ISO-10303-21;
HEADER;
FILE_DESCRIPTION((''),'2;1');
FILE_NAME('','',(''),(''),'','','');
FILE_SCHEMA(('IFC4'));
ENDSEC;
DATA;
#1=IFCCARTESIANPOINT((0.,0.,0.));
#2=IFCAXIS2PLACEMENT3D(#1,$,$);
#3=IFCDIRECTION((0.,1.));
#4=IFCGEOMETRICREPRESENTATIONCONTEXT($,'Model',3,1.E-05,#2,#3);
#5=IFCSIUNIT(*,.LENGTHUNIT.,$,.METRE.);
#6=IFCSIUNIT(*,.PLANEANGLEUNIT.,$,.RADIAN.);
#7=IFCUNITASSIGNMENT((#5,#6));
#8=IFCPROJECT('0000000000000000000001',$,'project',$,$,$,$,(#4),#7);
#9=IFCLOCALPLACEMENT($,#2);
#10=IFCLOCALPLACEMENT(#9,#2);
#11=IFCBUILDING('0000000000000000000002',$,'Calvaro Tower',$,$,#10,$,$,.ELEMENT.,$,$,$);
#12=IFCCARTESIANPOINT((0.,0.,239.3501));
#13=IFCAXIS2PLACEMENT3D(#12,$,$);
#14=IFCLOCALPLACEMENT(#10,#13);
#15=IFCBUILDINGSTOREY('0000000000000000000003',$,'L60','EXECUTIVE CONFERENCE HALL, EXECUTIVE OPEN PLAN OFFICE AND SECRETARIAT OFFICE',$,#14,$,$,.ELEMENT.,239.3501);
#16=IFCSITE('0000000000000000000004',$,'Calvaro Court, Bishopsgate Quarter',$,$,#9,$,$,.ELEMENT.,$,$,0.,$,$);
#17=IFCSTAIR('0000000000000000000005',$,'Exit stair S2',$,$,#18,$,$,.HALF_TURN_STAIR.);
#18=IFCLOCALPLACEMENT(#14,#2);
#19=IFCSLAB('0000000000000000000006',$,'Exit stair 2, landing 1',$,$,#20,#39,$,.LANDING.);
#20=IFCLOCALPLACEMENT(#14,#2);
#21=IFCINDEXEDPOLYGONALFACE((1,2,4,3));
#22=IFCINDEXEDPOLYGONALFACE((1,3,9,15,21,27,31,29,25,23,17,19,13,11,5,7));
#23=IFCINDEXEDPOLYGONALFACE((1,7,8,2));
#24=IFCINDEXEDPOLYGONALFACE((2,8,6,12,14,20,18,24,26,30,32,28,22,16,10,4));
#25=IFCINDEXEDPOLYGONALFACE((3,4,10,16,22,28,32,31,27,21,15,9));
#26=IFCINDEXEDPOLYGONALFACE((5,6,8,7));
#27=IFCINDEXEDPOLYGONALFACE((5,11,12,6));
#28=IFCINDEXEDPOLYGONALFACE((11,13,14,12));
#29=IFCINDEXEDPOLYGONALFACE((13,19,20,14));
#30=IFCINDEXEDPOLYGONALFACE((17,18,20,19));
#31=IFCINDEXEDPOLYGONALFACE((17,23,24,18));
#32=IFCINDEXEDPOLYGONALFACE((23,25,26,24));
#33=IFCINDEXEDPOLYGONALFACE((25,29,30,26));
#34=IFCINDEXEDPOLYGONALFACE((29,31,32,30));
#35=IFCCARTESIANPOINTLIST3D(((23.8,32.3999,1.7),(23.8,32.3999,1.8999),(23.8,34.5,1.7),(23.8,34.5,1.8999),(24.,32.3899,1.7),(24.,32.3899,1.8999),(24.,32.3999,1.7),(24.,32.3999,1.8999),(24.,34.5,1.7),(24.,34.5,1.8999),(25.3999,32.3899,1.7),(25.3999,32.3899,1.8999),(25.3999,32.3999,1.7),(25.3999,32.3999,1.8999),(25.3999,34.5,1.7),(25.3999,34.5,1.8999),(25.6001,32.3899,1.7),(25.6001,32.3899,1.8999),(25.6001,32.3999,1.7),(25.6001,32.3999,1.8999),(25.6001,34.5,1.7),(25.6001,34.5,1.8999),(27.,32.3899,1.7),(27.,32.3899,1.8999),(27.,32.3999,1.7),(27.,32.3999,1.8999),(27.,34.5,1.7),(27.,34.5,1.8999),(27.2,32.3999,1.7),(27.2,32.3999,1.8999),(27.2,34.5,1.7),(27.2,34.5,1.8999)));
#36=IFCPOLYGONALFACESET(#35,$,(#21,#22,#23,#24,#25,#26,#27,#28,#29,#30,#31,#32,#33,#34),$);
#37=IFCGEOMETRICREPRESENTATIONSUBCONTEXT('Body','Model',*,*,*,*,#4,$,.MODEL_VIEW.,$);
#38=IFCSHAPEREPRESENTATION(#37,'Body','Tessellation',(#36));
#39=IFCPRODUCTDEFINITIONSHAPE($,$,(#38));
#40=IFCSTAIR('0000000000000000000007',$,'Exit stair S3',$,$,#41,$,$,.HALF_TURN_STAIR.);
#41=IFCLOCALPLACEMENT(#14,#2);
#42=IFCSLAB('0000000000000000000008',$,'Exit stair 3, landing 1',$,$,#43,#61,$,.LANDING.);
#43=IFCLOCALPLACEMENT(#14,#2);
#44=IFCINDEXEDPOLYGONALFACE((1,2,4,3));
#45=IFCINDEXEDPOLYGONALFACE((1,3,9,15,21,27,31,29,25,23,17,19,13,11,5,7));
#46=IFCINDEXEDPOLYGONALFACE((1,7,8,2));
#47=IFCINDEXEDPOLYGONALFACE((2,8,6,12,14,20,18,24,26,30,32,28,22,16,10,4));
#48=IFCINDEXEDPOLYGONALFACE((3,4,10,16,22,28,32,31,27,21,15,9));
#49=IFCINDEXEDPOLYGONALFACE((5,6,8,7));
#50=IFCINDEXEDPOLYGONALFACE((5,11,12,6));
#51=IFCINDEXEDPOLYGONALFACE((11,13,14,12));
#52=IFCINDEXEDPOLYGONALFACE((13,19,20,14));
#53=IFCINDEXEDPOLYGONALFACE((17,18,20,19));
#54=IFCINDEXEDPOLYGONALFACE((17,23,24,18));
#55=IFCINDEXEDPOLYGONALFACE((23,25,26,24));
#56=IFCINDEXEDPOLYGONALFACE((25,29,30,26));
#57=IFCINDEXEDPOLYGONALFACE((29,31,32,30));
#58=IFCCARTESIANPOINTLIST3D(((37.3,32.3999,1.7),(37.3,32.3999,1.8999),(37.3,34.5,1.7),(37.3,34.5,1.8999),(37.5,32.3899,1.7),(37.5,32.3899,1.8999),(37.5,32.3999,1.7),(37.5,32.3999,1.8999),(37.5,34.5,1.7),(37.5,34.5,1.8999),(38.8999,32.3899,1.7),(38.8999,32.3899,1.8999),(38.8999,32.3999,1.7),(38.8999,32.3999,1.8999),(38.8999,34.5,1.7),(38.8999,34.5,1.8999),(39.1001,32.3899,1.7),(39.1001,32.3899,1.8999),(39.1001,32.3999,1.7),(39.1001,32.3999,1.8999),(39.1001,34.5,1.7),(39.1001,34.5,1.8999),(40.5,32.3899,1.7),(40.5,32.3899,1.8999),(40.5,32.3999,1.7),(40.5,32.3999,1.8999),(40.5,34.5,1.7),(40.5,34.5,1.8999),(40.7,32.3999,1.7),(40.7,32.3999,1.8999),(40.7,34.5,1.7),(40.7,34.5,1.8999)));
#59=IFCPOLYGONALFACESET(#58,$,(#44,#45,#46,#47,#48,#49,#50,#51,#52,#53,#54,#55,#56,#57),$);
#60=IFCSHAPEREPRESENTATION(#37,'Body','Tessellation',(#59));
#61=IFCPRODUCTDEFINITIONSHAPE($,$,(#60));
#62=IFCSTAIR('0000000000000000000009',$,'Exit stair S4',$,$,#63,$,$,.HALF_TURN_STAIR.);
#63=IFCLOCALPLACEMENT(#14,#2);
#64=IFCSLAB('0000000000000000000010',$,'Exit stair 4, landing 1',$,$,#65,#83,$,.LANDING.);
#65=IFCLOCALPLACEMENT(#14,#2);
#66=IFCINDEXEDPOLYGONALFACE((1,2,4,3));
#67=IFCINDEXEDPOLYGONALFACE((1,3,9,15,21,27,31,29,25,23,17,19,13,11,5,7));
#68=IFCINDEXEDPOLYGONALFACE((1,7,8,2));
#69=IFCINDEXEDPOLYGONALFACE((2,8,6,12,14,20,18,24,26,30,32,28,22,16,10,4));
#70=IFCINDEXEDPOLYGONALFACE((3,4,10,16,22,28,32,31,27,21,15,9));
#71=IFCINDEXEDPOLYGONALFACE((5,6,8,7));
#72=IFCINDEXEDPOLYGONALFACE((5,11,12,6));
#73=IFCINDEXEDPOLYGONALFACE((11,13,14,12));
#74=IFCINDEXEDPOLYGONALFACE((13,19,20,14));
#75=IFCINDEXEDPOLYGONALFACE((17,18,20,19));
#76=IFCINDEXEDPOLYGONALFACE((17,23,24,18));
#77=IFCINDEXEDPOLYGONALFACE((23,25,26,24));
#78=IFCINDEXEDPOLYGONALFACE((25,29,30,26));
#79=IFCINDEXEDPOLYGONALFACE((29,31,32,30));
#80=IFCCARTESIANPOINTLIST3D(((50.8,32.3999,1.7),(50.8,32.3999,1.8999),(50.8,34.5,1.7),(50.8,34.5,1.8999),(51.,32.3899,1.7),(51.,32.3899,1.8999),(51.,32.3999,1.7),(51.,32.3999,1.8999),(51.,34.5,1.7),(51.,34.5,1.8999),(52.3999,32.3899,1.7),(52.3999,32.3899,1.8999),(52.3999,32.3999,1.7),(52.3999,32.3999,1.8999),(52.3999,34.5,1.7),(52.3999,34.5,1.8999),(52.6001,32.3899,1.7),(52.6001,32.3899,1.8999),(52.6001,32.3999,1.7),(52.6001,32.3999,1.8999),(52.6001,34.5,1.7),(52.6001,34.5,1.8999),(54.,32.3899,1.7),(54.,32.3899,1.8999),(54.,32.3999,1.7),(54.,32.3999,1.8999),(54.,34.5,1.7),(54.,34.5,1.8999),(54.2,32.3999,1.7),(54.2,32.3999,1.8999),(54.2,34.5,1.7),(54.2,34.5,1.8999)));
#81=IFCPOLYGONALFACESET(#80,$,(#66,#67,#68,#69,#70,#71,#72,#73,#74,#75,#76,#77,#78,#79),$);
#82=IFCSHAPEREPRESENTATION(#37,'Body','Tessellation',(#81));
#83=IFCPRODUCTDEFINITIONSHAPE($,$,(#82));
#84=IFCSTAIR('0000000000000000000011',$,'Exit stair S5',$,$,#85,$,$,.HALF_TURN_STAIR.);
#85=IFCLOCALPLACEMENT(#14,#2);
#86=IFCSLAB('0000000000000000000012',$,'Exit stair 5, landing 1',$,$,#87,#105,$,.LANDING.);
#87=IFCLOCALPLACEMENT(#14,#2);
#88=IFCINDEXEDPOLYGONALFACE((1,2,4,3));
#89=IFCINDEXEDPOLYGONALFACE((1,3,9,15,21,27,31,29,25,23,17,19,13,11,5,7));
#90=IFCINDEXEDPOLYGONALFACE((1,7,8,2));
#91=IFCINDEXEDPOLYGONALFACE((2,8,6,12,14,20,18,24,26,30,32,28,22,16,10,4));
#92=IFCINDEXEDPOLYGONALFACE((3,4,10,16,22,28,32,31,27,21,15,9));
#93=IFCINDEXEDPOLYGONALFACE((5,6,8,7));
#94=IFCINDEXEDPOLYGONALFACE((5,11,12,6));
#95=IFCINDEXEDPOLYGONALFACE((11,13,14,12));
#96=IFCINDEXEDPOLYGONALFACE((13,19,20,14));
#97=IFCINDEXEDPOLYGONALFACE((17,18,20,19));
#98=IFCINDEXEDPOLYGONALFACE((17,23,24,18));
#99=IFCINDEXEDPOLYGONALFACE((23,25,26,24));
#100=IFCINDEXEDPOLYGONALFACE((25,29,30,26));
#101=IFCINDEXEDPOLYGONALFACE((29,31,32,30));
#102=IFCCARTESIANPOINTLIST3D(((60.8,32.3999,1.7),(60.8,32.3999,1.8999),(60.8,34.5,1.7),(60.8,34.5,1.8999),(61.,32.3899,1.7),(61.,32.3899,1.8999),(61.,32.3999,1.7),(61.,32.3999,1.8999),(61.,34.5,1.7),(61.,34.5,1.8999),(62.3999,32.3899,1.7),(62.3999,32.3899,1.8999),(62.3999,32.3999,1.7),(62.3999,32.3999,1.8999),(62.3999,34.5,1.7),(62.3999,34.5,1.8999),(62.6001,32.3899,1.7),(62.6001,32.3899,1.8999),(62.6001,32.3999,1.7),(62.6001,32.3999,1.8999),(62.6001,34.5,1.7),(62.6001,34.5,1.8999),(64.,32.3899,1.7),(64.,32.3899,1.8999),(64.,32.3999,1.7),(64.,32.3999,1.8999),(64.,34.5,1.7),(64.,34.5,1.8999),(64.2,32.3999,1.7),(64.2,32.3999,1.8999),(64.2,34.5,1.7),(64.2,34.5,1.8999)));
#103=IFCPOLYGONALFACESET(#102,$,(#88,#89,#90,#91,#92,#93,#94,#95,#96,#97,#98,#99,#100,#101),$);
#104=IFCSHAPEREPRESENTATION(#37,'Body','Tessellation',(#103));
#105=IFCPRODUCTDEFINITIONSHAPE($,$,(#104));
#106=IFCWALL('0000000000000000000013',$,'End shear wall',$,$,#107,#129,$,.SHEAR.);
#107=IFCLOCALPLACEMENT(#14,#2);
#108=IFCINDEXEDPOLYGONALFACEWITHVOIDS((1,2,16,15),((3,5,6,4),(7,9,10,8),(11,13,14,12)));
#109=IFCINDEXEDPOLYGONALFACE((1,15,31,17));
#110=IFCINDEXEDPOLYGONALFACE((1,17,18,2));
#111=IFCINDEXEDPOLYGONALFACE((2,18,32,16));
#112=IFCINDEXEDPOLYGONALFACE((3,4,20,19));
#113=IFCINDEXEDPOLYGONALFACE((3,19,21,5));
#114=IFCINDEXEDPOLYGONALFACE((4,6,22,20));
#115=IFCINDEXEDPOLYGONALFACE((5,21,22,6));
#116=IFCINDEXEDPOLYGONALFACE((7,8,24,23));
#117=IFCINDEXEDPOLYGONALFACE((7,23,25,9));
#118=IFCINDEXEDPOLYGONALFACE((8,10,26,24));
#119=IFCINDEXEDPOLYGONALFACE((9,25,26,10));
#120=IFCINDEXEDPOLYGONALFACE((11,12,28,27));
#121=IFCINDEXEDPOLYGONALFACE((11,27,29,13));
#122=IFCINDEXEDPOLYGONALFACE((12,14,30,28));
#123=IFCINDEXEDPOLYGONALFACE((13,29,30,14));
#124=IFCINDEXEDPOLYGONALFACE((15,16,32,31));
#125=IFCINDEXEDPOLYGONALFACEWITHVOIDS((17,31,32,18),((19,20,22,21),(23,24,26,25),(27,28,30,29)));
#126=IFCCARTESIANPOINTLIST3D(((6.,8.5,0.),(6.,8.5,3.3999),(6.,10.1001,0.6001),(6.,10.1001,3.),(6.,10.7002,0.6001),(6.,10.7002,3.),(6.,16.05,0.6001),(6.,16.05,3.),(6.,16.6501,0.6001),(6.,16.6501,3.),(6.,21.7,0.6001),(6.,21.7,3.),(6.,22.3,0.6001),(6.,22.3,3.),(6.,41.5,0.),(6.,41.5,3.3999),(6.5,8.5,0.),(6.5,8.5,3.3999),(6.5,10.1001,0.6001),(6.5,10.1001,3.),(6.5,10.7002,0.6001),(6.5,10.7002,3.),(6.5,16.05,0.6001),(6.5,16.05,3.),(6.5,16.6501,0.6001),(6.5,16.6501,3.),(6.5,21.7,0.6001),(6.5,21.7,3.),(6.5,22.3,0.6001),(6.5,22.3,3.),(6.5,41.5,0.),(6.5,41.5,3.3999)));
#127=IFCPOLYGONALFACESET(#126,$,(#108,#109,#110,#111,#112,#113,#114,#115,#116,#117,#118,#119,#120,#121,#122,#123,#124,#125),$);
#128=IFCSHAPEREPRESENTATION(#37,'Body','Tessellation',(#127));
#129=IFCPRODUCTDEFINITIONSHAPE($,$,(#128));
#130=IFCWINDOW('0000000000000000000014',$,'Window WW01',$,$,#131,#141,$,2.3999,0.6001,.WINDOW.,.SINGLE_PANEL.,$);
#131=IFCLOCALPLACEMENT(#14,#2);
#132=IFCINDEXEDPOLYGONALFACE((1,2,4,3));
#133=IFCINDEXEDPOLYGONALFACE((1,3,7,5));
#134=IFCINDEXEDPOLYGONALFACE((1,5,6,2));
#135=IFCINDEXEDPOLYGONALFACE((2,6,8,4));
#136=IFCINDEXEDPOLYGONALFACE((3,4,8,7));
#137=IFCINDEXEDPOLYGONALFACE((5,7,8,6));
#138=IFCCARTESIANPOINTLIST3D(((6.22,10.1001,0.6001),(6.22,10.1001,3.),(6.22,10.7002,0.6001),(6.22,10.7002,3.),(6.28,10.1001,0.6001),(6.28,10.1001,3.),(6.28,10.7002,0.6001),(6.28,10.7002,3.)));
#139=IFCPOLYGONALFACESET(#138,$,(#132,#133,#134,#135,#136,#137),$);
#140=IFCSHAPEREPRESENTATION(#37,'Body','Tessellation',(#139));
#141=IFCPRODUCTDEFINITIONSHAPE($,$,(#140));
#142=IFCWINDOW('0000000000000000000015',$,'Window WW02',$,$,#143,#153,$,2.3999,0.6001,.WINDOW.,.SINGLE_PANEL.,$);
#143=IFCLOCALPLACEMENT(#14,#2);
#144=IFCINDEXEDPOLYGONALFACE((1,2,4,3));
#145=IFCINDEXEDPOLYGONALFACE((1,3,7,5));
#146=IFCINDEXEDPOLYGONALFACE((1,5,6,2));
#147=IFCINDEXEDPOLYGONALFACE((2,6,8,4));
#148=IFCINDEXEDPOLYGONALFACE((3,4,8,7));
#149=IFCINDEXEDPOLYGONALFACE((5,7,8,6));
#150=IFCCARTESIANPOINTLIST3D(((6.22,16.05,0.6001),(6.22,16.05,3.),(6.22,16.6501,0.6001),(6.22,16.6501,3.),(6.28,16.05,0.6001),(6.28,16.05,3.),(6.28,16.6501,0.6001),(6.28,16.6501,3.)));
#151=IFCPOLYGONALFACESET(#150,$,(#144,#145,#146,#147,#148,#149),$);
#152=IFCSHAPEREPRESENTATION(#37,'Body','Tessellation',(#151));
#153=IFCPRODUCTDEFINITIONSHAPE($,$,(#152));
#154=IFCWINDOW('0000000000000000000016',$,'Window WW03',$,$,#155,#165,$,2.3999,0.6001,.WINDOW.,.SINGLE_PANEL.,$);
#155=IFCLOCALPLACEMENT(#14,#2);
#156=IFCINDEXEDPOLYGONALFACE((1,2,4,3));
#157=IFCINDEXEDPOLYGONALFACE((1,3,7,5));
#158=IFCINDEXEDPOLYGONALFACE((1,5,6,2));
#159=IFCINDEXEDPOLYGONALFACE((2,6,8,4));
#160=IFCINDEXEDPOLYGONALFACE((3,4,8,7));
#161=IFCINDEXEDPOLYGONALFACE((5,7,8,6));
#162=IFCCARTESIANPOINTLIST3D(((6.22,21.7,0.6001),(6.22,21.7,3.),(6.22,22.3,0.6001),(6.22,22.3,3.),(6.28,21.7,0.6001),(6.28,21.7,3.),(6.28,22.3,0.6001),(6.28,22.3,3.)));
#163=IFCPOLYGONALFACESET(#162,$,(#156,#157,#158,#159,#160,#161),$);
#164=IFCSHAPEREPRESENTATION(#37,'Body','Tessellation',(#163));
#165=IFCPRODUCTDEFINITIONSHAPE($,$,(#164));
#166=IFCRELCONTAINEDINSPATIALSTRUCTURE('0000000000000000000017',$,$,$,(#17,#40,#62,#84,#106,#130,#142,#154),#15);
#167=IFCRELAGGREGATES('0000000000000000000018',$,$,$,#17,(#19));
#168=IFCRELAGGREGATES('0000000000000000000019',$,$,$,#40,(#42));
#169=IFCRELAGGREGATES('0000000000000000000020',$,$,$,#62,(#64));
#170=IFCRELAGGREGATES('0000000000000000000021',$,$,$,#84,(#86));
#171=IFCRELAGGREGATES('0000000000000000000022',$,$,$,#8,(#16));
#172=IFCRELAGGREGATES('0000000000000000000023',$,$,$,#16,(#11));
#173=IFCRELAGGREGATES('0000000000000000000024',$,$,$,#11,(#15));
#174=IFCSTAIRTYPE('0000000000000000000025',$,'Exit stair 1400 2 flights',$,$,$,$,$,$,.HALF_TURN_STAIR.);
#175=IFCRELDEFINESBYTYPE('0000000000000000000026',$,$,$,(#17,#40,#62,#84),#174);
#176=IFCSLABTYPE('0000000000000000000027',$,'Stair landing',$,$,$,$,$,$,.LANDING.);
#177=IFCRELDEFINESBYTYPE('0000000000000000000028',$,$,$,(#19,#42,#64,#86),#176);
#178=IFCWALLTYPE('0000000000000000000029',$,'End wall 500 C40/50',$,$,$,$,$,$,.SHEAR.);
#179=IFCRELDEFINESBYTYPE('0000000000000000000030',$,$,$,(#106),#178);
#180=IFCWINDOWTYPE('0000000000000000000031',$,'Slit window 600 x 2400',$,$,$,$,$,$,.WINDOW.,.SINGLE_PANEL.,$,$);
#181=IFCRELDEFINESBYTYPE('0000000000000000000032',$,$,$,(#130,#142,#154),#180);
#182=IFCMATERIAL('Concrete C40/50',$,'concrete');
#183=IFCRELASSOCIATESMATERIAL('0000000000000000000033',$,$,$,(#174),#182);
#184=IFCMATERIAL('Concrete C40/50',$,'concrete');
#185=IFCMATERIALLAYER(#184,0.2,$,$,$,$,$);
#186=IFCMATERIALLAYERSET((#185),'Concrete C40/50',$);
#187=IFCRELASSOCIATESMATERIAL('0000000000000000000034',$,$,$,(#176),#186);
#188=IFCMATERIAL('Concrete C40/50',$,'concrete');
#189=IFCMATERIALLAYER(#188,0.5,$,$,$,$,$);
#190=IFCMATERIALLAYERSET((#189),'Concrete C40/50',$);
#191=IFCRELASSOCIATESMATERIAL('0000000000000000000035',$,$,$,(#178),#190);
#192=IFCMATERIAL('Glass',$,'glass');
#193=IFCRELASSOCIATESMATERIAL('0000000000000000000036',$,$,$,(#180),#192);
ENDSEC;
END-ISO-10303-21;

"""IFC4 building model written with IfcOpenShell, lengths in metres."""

from ifc_helpers import new_model, si_unit, direction, frame, frame_2d, origin, place, context, subcontext, project, spatial, polyline, rectangle, outline, extrude, material, layer, layer_set, type_object, element, fill, aggregate, save


model = new_model("IFC4")

# Units and contexts
model_context = context("Model", 3, precision=1e-05, world=origin(), true_north=direction((0.0, 1.0)))
body_context = subcontext(model_context, "Body", "Model", "MODEL_VIEW")
ifc_project = project(units=[si_unit("LENGTHUNIT", "METRE"), si_unit("PLANEANGLEUNIT", "RADIAN")], contexts=[model_context])

# Site, building, storey
site_placement = place(None, origin())
site = spatial("IfcSite", under=ifc_project, at=site_placement, Name="Calvaro Court, Bishopsgate Quarter", CompositionType="ELEMENT", RefElevation=0.0)
building_placement = place(site_placement, origin())
building = spatial("IfcBuilding", under=site, at=building_placement, Name="Calvaro Tower", CompositionType="ELEMENT")
storey_placement = place(building_placement, frame((0.0, 0.0, 239.3501)))
storey = spatial("IfcBuildingStorey", under=building, at=storey_placement, Name="L60", Description="EXECUTIVE CONFERENCE HALL, EXECUTIVE OPEN PLAN OFFICE AND SECRETARIAT OFFICE", CompositionType="ELEMENT", Elevation=239.3501)

# Stairs, slabs
ifc_material_1 = material(Name="Concrete C40/50", Category="concrete")
stair_type = type_object("IfcStairType", Name="Exit stair 1400 2 flights", PredefinedType="HALF_TURN_STAIR", material=ifc_material_1)
ifc_material_2 = material(Name="Concrete C40/50", Category="concrete")
ifc_layer_1 = layer(ifc_material_2, 0.2)
ifc_layer_set_1 = layer_set([ifc_layer_1], Name="Concrete C40/50")
slab_type_1 = type_object("IfcSlabType", Name="Stair landing", PredefinedType="LANDING", material=ifc_layer_set_1)
stair_1_placement = place(storey_placement, origin())
stair_1 = element("IfcStair", 1, at=stair_1_placement, inside=storey, type_object=stair_type, Name="Exit stair S2", PredefinedType="HALF_TURN_STAIR")
slab_1_placement = place(storey_placement, frame((0.0, 0.0, 1.7)))
slab_1 = element("IfcSlab", 2, at=slab_1_placement, type_object=slab_type_1, Name="Exit stair 2, landing 1", PredefinedType="LANDING", context=body_context, shape_type="SweptSolid", body=[
    extrude(outline(polyline([(25.3999, 32.3899), (24.0, 32.3899), (24.0, 32.3999), (23.8, 32.3999), (23.8, 34.5), (24.0, 34.5), (25.3999, 34.5), (25.6001, 34.5), (27.0, 34.5), (27.2, 34.5), (27.2, 32.3999), (27.0, 32.3999), (27.0, 32.3899), (25.6001, 32.3899), (25.6001, 32.3999), (25.3999, 32.3999), (25.3999, 32.3899)])), origin(), (0.0, 0.0, 1.0), 0.2),
])
aggregate(stair_1, [slab_1])
stair_2_placement = place(storey_placement, origin())
stair_2 = element("IfcStair", 3, at=stair_2_placement, inside=storey, type_object=stair_type, Name="Exit stair S3", PredefinedType="HALF_TURN_STAIR")
slab_2_placement = place(storey_placement, frame((0.0, 0.0, 1.7)))
slab_2 = element("IfcSlab", 4, at=slab_2_placement, type_object=slab_type_1, Name="Exit stair 3, landing 1", PredefinedType="LANDING", context=body_context, shape_type="SweptSolid", body=[
    extrude(outline(polyline([(38.8999, 32.3899), (37.5, 32.3899), (37.5, 32.3999), (37.3, 32.3999), (37.3, 34.5), (37.5, 34.5), (38.8999, 34.5), (39.1001, 34.5), (40.5, 34.5), (40.7, 34.5), (40.7, 32.3999), (40.5, 32.3999), (40.5, 32.3899), (39.1001, 32.3899), (39.1001, 32.3999), (38.8999, 32.3999), (38.8999, 32.3899)])), origin(), (0.0, 0.0, 1.0), 0.2),
])
aggregate(stair_2, [slab_2])
stair_3_placement = place(storey_placement, origin())
stair_3 = element("IfcStair", 5, at=stair_3_placement, inside=storey, type_object=stair_type, Name="Exit stair S4", PredefinedType="HALF_TURN_STAIR")
slab_3_placement = place(storey_placement, frame((0.0, 0.0, 1.7)))
slab_3 = element("IfcSlab", 6, at=slab_3_placement, type_object=slab_type_1, Name="Exit stair 4, landing 1", PredefinedType="LANDING", context=body_context, shape_type="SweptSolid", body=[
    extrude(outline(polyline([(52.3999, 32.3899), (51.0, 32.3899), (51.0, 32.3999), (50.8, 32.3999), (50.8, 34.5), (51.0, 34.5), (52.3999, 34.5), (52.6001, 34.5), (54.0, 34.5), (54.2, 34.5), (54.2, 32.3999), (54.0, 32.3999), (54.0, 32.3899), (52.6001, 32.3899), (52.6001, 32.3999), (52.3999, 32.3999), (52.3999, 32.3899)])), origin(), (0.0, 0.0, 1.0), 0.2),
])
aggregate(stair_3, [slab_3])
stair_4_placement = place(storey_placement, origin())
stair_4 = element("IfcStair", 7, at=stair_4_placement, inside=storey, type_object=stair_type, Name="Exit stair S5", PredefinedType="HALF_TURN_STAIR")
slab_4_placement = place(storey_placement, frame((0.0, 0.0, 1.7)))
slab_4 = element("IfcSlab", 8, at=slab_4_placement, type_object=slab_type_1, Name="Exit stair 5, landing 1", PredefinedType="LANDING", context=body_context, shape_type="SweptSolid", body=[
    extrude(outline(polyline([(62.3999, 32.3899), (61.0, 32.3899), (61.0, 32.3999), (60.8, 32.3999), (60.8, 34.5), (61.0, 34.5), (62.3999, 34.5), (62.6001, 34.5), (64.0, 34.5), (64.2, 34.5), (64.2, 32.3999), (64.0, 32.3999), (64.0, 32.3899), (62.6001, 32.3899), (62.6001, 32.3999), (62.3999, 32.3999), (62.3999, 32.3899)])), origin(), (0.0, 0.0, 1.0), 0.2),
])
aggregate(stair_4, [slab_4])

# Wall, openings, windows
ifc_material_3 = material(Name="Concrete C40/50", Category="concrete")
ifc_layer_2 = layer(ifc_material_3, 0.5)
ifc_layer_set_2 = layer_set([ifc_layer_2], Name="Concrete C40/50")
wall_type = type_object("IfcWallType", Name="End wall 500 C40/50", PredefinedType="SHEAR", material=ifc_layer_set_2)
wall_placement = place(storey_placement, frame((6.25, 8.5, 0.0), z_axis=(0.0, 0.0, 1.0), x_axis=(0.0, 1.0, 0.0)))
wall = element("IfcWall", 9, at=wall_placement, inside=storey, type_object=wall_type, Name="End shear wall", PredefinedType="SHEAR", context=body_context, shape_type="SweptSolid", body=[
    extrude(rectangle(XDim=33.0, YDim=0.5, at=frame_2d((16.5, 0.0))), origin(), (0.0, 0.0, 1.0), 3.3999),
])
opening_1_placement = place(wall_placement, frame((1.6001, 0.0, 0.6001)))
opening_1 = element("IfcOpeningElement", 10, at=opening_1_placement, cuts=wall, PredefinedType="OPENING", context=body_context, shape_type="SweptSolid", body=[
    extrude(rectangle(XDim=0.6001, YDim=2.3999, at=frame_2d((0.3, 1.2))), frame((0.0, 0.26, 0.0), z_axis=(0.0, -1.0, 0.0), x_axis=(1.0, 0.0, 0.0)), (0.0, 0.0, 1.0), 0.52),
])
opening_2_placement = place(wall_placement, frame((7.55, 0.0, 0.6001)))
opening_2 = element("IfcOpeningElement", 11, at=opening_2_placement, cuts=wall, PredefinedType="OPENING", context=body_context, shape_type="SweptSolid", body=[
    extrude(rectangle(XDim=0.6001, YDim=2.3999, at=frame_2d((0.3, 1.2))), frame((0.0, 0.26, 0.0), z_axis=(0.0, -1.0, 0.0), x_axis=(1.0, 0.0, 0.0)), (0.0, 0.0, 1.0), 0.52),
])
opening_3_placement = place(wall_placement, frame((13.2, 0.0, 0.6001)))
opening_3 = element("IfcOpeningElement", 12, at=opening_3_placement, cuts=wall, PredefinedType="OPENING", context=body_context, shape_type="SweptSolid", body=[
    extrude(rectangle(XDim=0.6001, YDim=2.3999, at=frame_2d((0.3, 1.2))), frame((0.0, 0.26, 0.0), z_axis=(0.0, -1.0, 0.0), x_axis=(1.0, 0.0, 0.0)), (0.0, 0.0, 1.0), 0.52),
])
ifc_material_4 = material(Name="Glass", Category="glass")
window_type = type_object("IfcWindowType", Name="Slit window 600 x 2400", PartitioningType="SINGLE_PANEL", PredefinedType="WINDOW", material=ifc_material_4)
window_1_placement = place(opening_1_placement, origin())
window_1 = element("IfcWindow", 13, at=window_1_placement, inside=storey, type_object=window_type, Name="Window WW01", OverallHeight=2.3999, OverallWidth=0.6001, PartitioningType="SINGLE_PANEL", PredefinedType="WINDOW", context=body_context, shape_type="SweptSolid", body=[
    extrude(rectangle(XDim=0.6001, YDim=2.3999, at=frame_2d((0.3, 1.2))), frame((0.0, 0.03, 0.0), z_axis=(0.0, -1.0, 0.0), x_axis=(1.0, 0.0, 0.0)), (0.0, 0.0, 1.0), 0.0601),
])
fill(opening_1, window_1)
window_2_placement = place(opening_2_placement, origin())
window_2 = element("IfcWindow", 14, at=window_2_placement, inside=storey, type_object=window_type, Name="Window WW02", OverallHeight=2.3999, OverallWidth=0.6001, PartitioningType="SINGLE_PANEL", PredefinedType="WINDOW", context=body_context, shape_type="SweptSolid", body=[
    extrude(rectangle(XDim=0.6001, YDim=2.3999, at=frame_2d((0.3, 1.2))), frame((0.0, 0.03, 0.0), z_axis=(0.0, -1.0, 0.0), x_axis=(1.0, 0.0, 0.0)), (0.0, 0.0, 1.0), 0.0601),
])
fill(opening_2, window_2)
window_3_placement = place(opening_3_placement, origin())
window_3 = element("IfcWindow", 15, at=window_3_placement, inside=storey, type_object=window_type, Name="Window WW03", OverallHeight=2.3999, OverallWidth=0.6001, PartitioningType="SINGLE_PANEL", PredefinedType="WINDOW", context=body_context, shape_type="SweptSolid", body=[
    extrude(rectangle(XDim=0.6001, YDim=2.3999, at=frame_2d((0.3, 1.2))), frame((0.0, 0.03, 0.0), z_axis=(0.0, -1.0, 0.0), x_axis=(1.0, 0.0, 0.0)), (0.0, 0.0, 1.0), 0.0601),
])
fill(opening_3, window_3)

save(model, "model.ifc")
